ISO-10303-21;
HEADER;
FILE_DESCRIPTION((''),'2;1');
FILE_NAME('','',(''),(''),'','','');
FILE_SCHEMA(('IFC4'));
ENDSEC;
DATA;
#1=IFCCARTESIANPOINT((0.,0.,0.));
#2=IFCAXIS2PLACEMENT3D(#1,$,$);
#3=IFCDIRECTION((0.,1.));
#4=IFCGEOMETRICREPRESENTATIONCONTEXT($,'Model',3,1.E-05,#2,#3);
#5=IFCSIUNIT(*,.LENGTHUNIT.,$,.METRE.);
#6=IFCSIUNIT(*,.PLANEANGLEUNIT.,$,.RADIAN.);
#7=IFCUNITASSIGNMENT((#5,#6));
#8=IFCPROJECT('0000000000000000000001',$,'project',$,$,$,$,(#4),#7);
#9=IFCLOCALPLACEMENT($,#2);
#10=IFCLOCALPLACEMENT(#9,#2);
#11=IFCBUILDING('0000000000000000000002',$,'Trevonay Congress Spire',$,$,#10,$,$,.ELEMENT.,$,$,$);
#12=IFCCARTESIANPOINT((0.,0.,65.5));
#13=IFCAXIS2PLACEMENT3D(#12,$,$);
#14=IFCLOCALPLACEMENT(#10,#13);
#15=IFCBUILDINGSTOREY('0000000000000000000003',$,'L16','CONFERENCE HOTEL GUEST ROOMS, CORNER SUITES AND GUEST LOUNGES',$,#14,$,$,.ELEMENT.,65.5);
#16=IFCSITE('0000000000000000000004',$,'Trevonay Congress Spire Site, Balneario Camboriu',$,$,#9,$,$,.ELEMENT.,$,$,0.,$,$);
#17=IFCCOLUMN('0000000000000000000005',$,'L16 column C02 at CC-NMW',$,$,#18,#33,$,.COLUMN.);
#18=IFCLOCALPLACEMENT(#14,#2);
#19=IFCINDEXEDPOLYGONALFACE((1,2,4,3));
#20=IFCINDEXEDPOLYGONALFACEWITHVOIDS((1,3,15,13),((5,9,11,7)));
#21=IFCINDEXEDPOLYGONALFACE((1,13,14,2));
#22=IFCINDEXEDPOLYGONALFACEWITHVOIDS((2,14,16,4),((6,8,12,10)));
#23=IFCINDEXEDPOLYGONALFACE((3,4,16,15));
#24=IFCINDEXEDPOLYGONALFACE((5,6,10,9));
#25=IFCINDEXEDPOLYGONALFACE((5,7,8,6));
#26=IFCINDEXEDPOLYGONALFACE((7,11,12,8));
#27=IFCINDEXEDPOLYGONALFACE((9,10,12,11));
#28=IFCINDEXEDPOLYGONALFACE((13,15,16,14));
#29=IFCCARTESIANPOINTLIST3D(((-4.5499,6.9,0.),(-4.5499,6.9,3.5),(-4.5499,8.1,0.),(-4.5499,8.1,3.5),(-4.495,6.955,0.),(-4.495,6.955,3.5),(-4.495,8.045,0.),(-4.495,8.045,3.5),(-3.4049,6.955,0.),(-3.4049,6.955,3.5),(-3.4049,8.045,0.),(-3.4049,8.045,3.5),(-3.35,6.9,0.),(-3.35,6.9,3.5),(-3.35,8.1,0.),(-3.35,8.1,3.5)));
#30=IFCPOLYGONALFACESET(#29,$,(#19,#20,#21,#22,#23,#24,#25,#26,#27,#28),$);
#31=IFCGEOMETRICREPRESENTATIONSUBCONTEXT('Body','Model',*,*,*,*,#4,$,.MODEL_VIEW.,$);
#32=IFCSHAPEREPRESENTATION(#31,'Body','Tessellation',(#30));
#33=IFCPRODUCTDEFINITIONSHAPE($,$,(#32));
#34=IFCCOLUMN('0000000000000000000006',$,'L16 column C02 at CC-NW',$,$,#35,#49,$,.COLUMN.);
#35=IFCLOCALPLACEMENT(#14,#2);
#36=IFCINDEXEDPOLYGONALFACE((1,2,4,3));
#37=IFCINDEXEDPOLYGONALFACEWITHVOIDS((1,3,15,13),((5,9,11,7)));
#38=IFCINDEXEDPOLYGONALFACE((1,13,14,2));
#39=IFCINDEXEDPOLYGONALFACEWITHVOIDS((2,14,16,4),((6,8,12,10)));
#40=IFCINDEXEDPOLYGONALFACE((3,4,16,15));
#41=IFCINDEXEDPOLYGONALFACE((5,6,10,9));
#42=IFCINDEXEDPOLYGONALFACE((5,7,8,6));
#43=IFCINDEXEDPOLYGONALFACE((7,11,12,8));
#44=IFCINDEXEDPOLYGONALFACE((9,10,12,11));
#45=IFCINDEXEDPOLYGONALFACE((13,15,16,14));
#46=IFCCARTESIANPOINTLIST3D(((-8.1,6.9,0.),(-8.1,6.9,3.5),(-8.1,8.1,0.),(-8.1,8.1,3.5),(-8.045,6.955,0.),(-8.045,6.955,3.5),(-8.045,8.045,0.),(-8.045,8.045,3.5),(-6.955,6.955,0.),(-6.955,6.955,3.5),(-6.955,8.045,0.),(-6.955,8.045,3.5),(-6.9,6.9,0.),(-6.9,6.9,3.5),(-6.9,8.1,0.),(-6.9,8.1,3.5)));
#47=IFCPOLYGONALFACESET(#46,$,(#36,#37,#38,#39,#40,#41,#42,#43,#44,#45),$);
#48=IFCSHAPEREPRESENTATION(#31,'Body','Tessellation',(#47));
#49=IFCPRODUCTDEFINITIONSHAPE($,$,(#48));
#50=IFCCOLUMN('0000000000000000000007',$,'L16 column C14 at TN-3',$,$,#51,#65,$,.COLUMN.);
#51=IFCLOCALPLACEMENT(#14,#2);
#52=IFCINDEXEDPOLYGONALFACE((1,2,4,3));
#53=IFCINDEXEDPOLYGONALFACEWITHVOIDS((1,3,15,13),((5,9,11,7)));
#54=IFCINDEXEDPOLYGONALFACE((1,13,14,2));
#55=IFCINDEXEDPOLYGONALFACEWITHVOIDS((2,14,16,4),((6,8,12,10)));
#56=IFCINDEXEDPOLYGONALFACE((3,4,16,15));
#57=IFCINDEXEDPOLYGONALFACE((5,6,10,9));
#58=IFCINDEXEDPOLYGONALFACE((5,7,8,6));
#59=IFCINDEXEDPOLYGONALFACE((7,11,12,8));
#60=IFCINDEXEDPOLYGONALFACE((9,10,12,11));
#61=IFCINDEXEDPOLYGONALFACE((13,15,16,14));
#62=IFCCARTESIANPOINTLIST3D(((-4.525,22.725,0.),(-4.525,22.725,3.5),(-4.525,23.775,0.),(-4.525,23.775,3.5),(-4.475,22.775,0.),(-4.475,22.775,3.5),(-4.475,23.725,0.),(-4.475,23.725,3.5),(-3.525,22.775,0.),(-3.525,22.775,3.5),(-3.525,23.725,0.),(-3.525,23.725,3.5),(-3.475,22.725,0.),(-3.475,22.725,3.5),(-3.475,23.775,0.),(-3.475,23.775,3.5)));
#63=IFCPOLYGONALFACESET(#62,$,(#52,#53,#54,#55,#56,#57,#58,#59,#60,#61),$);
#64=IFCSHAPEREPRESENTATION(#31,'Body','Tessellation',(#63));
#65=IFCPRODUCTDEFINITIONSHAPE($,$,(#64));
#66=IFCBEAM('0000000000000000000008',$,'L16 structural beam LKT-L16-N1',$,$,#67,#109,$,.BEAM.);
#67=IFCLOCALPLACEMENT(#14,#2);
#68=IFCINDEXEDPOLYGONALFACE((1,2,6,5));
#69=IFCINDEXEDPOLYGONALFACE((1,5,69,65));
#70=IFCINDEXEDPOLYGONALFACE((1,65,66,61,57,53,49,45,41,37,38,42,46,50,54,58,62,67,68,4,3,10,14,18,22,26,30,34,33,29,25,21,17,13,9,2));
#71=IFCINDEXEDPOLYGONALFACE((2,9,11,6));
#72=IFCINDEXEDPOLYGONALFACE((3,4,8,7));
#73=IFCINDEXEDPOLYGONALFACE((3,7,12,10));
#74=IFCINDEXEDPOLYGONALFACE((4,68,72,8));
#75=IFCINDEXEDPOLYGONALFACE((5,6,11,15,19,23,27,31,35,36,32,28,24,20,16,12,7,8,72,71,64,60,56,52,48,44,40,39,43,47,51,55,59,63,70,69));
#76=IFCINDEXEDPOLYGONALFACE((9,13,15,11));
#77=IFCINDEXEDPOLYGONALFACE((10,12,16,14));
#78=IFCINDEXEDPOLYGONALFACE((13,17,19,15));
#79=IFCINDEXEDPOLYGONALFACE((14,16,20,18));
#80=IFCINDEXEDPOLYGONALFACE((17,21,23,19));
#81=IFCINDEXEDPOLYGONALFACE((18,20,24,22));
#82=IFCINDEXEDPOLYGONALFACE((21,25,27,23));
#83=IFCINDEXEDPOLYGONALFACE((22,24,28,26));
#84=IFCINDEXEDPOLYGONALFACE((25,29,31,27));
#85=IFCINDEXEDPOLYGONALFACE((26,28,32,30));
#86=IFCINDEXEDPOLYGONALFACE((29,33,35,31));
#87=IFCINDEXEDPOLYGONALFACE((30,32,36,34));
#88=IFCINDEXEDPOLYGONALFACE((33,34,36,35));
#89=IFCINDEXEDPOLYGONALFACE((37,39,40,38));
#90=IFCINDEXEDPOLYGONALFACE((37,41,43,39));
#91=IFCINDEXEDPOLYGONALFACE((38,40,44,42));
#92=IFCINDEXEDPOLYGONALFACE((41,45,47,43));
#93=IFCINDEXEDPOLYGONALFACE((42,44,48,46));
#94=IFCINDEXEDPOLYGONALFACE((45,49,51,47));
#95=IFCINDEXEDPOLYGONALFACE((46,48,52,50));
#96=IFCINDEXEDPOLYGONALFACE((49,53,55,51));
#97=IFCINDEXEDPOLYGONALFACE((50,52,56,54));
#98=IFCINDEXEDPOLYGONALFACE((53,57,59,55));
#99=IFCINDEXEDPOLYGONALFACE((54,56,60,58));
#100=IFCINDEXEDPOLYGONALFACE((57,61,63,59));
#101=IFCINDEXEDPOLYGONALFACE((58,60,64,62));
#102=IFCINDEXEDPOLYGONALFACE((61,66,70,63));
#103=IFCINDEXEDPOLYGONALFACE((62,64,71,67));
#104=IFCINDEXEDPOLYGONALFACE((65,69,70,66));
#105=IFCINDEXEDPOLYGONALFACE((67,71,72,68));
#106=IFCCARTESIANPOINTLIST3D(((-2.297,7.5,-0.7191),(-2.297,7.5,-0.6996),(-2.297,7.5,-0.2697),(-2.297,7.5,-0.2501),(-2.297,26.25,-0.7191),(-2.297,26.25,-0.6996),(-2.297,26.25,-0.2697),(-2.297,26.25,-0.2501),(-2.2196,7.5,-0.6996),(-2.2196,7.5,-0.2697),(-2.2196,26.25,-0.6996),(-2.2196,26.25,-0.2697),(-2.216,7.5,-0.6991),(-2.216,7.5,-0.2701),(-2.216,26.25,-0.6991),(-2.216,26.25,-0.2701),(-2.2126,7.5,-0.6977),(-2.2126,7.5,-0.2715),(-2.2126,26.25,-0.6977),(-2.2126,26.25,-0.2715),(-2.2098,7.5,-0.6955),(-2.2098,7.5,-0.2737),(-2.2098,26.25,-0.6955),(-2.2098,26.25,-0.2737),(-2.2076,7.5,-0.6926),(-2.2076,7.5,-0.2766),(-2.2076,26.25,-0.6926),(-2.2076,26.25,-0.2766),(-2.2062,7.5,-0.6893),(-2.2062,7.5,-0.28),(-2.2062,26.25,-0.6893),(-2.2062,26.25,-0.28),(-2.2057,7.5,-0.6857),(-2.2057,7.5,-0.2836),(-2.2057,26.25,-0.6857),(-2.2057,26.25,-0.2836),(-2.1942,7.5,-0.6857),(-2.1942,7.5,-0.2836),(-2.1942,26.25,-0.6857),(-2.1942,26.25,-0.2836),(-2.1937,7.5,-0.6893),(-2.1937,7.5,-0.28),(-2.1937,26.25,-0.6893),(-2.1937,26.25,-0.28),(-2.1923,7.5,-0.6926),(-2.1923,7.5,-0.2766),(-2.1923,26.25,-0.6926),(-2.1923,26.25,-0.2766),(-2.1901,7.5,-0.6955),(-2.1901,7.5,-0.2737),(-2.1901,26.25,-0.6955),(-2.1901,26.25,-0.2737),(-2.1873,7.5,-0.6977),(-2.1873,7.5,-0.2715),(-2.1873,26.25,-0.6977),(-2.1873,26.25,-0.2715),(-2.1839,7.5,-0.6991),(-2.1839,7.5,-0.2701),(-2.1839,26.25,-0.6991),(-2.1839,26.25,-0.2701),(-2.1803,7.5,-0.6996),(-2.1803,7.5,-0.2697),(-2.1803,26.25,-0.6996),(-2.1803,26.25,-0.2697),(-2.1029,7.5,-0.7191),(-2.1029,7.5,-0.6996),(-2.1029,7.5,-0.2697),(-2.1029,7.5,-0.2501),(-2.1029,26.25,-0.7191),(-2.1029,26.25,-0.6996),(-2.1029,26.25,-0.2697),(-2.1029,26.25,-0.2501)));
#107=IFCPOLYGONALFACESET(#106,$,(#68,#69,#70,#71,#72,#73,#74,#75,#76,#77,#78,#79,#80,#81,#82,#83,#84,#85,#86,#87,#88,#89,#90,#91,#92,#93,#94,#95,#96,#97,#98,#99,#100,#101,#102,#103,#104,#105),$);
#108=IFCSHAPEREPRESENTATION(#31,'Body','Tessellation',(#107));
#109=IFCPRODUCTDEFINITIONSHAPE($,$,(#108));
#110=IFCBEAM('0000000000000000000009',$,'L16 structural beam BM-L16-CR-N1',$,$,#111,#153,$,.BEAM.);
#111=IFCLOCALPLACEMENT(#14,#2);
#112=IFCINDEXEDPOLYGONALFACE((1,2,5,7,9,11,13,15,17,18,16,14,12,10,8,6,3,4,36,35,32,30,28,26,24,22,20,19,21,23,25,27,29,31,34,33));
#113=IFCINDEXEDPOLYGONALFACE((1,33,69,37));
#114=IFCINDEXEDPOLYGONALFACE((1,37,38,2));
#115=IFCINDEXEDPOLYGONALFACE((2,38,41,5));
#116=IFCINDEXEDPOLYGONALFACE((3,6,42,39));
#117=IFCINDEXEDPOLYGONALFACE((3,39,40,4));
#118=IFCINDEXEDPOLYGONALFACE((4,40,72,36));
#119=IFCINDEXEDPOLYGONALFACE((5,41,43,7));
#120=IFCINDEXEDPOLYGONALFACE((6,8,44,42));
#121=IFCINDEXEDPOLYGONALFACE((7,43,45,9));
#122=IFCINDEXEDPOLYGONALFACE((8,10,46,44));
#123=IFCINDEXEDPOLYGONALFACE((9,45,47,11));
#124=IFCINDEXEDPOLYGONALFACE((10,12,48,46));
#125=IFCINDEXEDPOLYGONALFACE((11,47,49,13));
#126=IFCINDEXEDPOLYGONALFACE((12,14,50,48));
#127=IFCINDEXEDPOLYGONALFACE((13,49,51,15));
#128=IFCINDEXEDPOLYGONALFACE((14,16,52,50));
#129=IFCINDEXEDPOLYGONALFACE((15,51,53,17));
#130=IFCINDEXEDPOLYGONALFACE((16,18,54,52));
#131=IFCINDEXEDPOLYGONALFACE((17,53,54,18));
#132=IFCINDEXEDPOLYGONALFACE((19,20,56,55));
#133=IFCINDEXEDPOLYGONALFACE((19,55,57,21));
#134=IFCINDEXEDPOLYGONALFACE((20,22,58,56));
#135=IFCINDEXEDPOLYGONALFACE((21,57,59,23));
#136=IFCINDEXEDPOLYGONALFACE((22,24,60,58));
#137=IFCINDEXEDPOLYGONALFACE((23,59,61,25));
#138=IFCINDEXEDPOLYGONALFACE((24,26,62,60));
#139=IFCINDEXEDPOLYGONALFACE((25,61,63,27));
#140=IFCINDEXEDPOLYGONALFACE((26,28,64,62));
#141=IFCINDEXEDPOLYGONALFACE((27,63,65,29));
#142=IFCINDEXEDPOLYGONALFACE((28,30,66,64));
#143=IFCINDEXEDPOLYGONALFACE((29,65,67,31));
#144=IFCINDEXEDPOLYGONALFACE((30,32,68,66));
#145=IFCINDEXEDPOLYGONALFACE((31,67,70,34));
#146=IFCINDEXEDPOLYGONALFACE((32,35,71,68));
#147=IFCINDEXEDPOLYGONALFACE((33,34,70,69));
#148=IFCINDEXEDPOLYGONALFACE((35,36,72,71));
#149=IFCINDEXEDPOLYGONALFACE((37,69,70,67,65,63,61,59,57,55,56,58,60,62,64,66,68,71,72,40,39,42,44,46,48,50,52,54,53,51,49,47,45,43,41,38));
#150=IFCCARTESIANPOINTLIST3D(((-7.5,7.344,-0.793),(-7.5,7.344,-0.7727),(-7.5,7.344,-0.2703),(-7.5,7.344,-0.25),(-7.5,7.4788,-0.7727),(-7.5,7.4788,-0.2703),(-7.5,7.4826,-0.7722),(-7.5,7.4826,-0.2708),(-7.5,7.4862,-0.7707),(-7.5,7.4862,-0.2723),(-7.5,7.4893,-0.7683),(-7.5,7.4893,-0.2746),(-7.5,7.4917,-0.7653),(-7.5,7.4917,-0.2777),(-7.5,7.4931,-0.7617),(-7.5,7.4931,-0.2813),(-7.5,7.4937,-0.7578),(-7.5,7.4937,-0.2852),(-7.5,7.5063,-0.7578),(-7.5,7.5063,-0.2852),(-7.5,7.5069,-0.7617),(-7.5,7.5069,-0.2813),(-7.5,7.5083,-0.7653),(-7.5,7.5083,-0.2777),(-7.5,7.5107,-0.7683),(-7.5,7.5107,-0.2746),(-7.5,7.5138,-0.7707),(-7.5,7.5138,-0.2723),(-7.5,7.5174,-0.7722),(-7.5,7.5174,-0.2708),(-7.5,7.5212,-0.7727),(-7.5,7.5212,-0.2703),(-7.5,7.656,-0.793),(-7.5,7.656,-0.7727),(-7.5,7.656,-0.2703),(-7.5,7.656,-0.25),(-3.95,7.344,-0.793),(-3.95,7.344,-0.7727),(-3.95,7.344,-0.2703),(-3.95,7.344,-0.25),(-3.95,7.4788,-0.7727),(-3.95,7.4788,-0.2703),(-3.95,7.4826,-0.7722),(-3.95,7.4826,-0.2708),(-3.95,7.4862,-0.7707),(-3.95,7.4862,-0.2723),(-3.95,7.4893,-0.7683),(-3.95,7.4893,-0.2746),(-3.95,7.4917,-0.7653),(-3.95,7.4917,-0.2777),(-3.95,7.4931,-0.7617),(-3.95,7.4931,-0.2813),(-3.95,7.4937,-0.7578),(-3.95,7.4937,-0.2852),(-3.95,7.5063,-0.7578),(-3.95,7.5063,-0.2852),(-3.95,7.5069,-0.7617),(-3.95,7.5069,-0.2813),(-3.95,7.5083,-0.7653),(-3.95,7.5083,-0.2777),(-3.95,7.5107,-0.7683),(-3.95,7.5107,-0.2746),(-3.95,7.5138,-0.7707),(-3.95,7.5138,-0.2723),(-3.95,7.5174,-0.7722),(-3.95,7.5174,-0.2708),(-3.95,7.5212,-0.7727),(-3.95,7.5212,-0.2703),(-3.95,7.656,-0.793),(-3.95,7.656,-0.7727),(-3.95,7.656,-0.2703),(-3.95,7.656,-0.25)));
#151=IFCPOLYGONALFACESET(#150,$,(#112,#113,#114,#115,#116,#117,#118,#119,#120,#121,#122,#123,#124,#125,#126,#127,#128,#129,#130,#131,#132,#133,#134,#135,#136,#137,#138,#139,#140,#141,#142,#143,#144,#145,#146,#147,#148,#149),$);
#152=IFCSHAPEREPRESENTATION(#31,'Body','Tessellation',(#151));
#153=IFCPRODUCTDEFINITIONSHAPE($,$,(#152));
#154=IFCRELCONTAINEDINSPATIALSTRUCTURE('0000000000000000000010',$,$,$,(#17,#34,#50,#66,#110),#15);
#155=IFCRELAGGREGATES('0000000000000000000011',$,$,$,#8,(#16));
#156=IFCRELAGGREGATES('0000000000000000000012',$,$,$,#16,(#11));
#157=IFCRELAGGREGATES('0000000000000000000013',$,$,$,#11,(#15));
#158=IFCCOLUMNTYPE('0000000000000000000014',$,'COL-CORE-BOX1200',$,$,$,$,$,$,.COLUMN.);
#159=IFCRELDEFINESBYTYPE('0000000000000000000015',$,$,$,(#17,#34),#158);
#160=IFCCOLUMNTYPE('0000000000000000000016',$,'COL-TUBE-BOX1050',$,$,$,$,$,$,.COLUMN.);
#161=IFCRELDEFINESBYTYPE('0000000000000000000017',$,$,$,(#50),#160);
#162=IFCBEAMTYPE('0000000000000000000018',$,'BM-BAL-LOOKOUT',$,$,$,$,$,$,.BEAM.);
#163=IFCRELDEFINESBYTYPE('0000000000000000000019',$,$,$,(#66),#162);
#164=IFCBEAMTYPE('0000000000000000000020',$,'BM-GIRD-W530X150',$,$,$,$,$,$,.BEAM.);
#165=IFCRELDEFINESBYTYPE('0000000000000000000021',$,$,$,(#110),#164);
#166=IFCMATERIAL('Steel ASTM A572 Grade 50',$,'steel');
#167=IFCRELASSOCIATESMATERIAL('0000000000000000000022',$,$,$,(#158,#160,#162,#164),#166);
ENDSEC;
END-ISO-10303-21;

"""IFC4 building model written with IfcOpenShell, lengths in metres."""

from ifc_helpers import new_model, si_unit, direction, frame, origin, origin_2d, place, context, subcontext, project, spatial, hollow_rectangle, i_section, extrude, material, material_profile, profile_set, type_object, element, save


model = new_model("IFC4")

# Units and contexts
model_context = context("Model", 3, precision=1e-05, world=origin(), true_north=direction((0.0, 1.0)))
body_context = subcontext(model_context, "Body", "Model", "MODEL_VIEW")
ifc_project = project(units=[si_unit("LENGTHUNIT", "METRE"), si_unit("PLANEANGLEUNIT", "RADIAN")], contexts=[model_context])

# Site, building, storey
site_placement = place(None, origin())
site = spatial("IfcSite", under=ifc_project, at=site_placement, Name="Trevonay Congress Spire Site, Balneario Camboriu", CompositionType="ELEMENT", RefElevation=0.0)
building_placement = place(site_placement, origin())
building = spatial("IfcBuilding", under=site, at=building_placement, Name="Trevonay Congress Spire", CompositionType="ELEMENT")
storey_placement = place(building_placement, frame((0.0, 0.0, 65.5)))
storey = spatial("IfcBuildingStorey", under=building, at=storey_placement, Name="L16", Description="CONFERENCE HOTEL GUEST ROOMS, CORNER SUITES AND GUEST LOUNGES", CompositionType="ELEMENT", Elevation=65.5)

# Columns
ifc_material_1 = material(Name="Steel ASTM A572 Grade 50", Category="steel")
ifc_material_profile_1 = material_profile(ifc_material_1, hollow_rectangle(XDim=1.2, YDim=1.2, WallThickness=0.0549, at=origin_2d()), Name="BOX 1200x1200x55")
ifc_profile_set_1 = profile_set([ifc_material_profile_1], Name="Steel ASTM A572 Grade 50")
column_type_1 = type_object("IfcColumnType", Name="COL-CORE-BOX1200", PredefinedType="COLUMN", material=ifc_profile_set_1)
for number, where, z_axis, x_axis, name in (
    (1, (-3.95, 7.5, 0.0), (0.0, 0.0, 1.0), (1.0, 0.0, 0.0), "L16 column C02 at CC-NMW"),
    (2, (-7.5, 7.5, 0.0), (0.0, 0.0, 1.0), (1.0, 0.0, 0.0), "L16 column C02 at CC-NW"),
):
    element("IfcColumn", number, at=place(storey_placement, frame(where, z_axis=z_axis, x_axis=x_axis)), inside=storey, type_object=column_type_1, Name=name, PredefinedType="COLUMN", context=body_context, shape_type="SweptSolid", body=[
        extrude(hollow_rectangle(XDim=1.2, YDim=1.2, WallThickness=0.0549, at=origin_2d()), origin(), (0.0, 0.0, 1.0), 3.5),
    ])
ifc_material_profile_2 = material_profile(ifc_material_1, hollow_rectangle(XDim=1.05, YDim=1.05, WallThickness=0.05, at=origin_2d()), Name="BOX 1050x1050x50")
ifc_profile_set_2 = profile_set([ifc_material_profile_2], Name="Steel ASTM A572 Grade 50")
column_type_2 = type_object("IfcColumnType", Name="COL-TUBE-BOX1050", PredefinedType="COLUMN", material=ifc_profile_set_2)
column_placement = place(storey_placement, frame((-4.0, 23.25, 0.0), z_axis=(0.0, 0.0, 1.0), x_axis=(1.0, 0.0, 0.0)))
element("IfcColumn", 3, at=column_placement, inside=storey, type_object=column_type_2, Name="L16 column C14 at TN-3", PredefinedType="COLUMN", context=body_context, shape_type="SweptSolid", body=[
    extrude(hollow_rectangle(XDim=1.05, YDim=1.05, WallThickness=0.05, at=origin_2d()), origin(), (0.0, 0.0, 1.0), 3.5),
])

# Beams
ifc_material_profile_3 = material_profile(ifc_material_1, i_section(OverallWidth=0.1941, OverallDepth=0.469, WebThickness=0.0115, FlangeThickness=0.0195, FilletRadius=0.0139, at=origin_2d()), Name="W460x106")
ifc_profile_set_3 = profile_set([ifc_material_profile_3], Name="Steel ASTM A572 Grade 50")
beam_type_1 = type_object("IfcBeamType", Name="BM-BAL-LOOKOUT", PredefinedType="BEAM", material=ifc_profile_set_3)
beam_1_placement = place(storey_placement, frame((-2.2, 7.5, -0.4846), z_axis=(0.0, 1.0, 0.0), x_axis=(-1.0, 0.0, 0.0)))
element("IfcBeam", 4, at=beam_1_placement, inside=storey, type_object=beam_type_1, Name="L16 structural beam LKT-L16-N1", PredefinedType="BEAM", context=body_context, shape_type="SweptSolid", body=[
    extrude(i_section(OverallWidth=0.1941, OverallDepth=0.469, WebThickness=0.0115, FlangeThickness=0.0195, FilletRadius=0.0139, at=origin_2d()), origin(), (0.0, 0.0, 1.0), 18.75),
])
ifc_material_profile_4 = material_profile(ifc_material_1, i_section(OverallWidth=0.312, OverallDepth=0.543, WebThickness=0.0127, FlangeThickness=0.0203, FilletRadius=0.0149, at=origin_2d()), Name="W530x150")
ifc_profile_set_4 = profile_set([ifc_material_profile_4], Name="Steel ASTM A572 Grade 50")
beam_type_2 = type_object("IfcBeamType", Name="BM-GIRD-W530X150", PredefinedType="BEAM", material=ifc_profile_set_4)
beam_2_placement = place(storey_placement, frame((-7.5, 7.5, -0.5215), z_axis=(1.0, 0.0, 0.0), x_axis=(0.0, 1.0, 0.0)))
element("IfcBeam", 5, at=beam_2_placement, inside=storey, type_object=beam_type_2, Name="L16 structural beam BM-L16-CR-N1", PredefinedType="BEAM", context=body_context, shape_type="SweptSolid", body=[
    extrude(i_section(OverallWidth=0.312, OverallDepth=0.543, WebThickness=0.0127, FlangeThickness=0.0203, FilletRadius=0.0149, at=origin_2d()), origin(), (0.0, 0.0, 1.0), 3.55),
])

save(model, "model.ifc")
